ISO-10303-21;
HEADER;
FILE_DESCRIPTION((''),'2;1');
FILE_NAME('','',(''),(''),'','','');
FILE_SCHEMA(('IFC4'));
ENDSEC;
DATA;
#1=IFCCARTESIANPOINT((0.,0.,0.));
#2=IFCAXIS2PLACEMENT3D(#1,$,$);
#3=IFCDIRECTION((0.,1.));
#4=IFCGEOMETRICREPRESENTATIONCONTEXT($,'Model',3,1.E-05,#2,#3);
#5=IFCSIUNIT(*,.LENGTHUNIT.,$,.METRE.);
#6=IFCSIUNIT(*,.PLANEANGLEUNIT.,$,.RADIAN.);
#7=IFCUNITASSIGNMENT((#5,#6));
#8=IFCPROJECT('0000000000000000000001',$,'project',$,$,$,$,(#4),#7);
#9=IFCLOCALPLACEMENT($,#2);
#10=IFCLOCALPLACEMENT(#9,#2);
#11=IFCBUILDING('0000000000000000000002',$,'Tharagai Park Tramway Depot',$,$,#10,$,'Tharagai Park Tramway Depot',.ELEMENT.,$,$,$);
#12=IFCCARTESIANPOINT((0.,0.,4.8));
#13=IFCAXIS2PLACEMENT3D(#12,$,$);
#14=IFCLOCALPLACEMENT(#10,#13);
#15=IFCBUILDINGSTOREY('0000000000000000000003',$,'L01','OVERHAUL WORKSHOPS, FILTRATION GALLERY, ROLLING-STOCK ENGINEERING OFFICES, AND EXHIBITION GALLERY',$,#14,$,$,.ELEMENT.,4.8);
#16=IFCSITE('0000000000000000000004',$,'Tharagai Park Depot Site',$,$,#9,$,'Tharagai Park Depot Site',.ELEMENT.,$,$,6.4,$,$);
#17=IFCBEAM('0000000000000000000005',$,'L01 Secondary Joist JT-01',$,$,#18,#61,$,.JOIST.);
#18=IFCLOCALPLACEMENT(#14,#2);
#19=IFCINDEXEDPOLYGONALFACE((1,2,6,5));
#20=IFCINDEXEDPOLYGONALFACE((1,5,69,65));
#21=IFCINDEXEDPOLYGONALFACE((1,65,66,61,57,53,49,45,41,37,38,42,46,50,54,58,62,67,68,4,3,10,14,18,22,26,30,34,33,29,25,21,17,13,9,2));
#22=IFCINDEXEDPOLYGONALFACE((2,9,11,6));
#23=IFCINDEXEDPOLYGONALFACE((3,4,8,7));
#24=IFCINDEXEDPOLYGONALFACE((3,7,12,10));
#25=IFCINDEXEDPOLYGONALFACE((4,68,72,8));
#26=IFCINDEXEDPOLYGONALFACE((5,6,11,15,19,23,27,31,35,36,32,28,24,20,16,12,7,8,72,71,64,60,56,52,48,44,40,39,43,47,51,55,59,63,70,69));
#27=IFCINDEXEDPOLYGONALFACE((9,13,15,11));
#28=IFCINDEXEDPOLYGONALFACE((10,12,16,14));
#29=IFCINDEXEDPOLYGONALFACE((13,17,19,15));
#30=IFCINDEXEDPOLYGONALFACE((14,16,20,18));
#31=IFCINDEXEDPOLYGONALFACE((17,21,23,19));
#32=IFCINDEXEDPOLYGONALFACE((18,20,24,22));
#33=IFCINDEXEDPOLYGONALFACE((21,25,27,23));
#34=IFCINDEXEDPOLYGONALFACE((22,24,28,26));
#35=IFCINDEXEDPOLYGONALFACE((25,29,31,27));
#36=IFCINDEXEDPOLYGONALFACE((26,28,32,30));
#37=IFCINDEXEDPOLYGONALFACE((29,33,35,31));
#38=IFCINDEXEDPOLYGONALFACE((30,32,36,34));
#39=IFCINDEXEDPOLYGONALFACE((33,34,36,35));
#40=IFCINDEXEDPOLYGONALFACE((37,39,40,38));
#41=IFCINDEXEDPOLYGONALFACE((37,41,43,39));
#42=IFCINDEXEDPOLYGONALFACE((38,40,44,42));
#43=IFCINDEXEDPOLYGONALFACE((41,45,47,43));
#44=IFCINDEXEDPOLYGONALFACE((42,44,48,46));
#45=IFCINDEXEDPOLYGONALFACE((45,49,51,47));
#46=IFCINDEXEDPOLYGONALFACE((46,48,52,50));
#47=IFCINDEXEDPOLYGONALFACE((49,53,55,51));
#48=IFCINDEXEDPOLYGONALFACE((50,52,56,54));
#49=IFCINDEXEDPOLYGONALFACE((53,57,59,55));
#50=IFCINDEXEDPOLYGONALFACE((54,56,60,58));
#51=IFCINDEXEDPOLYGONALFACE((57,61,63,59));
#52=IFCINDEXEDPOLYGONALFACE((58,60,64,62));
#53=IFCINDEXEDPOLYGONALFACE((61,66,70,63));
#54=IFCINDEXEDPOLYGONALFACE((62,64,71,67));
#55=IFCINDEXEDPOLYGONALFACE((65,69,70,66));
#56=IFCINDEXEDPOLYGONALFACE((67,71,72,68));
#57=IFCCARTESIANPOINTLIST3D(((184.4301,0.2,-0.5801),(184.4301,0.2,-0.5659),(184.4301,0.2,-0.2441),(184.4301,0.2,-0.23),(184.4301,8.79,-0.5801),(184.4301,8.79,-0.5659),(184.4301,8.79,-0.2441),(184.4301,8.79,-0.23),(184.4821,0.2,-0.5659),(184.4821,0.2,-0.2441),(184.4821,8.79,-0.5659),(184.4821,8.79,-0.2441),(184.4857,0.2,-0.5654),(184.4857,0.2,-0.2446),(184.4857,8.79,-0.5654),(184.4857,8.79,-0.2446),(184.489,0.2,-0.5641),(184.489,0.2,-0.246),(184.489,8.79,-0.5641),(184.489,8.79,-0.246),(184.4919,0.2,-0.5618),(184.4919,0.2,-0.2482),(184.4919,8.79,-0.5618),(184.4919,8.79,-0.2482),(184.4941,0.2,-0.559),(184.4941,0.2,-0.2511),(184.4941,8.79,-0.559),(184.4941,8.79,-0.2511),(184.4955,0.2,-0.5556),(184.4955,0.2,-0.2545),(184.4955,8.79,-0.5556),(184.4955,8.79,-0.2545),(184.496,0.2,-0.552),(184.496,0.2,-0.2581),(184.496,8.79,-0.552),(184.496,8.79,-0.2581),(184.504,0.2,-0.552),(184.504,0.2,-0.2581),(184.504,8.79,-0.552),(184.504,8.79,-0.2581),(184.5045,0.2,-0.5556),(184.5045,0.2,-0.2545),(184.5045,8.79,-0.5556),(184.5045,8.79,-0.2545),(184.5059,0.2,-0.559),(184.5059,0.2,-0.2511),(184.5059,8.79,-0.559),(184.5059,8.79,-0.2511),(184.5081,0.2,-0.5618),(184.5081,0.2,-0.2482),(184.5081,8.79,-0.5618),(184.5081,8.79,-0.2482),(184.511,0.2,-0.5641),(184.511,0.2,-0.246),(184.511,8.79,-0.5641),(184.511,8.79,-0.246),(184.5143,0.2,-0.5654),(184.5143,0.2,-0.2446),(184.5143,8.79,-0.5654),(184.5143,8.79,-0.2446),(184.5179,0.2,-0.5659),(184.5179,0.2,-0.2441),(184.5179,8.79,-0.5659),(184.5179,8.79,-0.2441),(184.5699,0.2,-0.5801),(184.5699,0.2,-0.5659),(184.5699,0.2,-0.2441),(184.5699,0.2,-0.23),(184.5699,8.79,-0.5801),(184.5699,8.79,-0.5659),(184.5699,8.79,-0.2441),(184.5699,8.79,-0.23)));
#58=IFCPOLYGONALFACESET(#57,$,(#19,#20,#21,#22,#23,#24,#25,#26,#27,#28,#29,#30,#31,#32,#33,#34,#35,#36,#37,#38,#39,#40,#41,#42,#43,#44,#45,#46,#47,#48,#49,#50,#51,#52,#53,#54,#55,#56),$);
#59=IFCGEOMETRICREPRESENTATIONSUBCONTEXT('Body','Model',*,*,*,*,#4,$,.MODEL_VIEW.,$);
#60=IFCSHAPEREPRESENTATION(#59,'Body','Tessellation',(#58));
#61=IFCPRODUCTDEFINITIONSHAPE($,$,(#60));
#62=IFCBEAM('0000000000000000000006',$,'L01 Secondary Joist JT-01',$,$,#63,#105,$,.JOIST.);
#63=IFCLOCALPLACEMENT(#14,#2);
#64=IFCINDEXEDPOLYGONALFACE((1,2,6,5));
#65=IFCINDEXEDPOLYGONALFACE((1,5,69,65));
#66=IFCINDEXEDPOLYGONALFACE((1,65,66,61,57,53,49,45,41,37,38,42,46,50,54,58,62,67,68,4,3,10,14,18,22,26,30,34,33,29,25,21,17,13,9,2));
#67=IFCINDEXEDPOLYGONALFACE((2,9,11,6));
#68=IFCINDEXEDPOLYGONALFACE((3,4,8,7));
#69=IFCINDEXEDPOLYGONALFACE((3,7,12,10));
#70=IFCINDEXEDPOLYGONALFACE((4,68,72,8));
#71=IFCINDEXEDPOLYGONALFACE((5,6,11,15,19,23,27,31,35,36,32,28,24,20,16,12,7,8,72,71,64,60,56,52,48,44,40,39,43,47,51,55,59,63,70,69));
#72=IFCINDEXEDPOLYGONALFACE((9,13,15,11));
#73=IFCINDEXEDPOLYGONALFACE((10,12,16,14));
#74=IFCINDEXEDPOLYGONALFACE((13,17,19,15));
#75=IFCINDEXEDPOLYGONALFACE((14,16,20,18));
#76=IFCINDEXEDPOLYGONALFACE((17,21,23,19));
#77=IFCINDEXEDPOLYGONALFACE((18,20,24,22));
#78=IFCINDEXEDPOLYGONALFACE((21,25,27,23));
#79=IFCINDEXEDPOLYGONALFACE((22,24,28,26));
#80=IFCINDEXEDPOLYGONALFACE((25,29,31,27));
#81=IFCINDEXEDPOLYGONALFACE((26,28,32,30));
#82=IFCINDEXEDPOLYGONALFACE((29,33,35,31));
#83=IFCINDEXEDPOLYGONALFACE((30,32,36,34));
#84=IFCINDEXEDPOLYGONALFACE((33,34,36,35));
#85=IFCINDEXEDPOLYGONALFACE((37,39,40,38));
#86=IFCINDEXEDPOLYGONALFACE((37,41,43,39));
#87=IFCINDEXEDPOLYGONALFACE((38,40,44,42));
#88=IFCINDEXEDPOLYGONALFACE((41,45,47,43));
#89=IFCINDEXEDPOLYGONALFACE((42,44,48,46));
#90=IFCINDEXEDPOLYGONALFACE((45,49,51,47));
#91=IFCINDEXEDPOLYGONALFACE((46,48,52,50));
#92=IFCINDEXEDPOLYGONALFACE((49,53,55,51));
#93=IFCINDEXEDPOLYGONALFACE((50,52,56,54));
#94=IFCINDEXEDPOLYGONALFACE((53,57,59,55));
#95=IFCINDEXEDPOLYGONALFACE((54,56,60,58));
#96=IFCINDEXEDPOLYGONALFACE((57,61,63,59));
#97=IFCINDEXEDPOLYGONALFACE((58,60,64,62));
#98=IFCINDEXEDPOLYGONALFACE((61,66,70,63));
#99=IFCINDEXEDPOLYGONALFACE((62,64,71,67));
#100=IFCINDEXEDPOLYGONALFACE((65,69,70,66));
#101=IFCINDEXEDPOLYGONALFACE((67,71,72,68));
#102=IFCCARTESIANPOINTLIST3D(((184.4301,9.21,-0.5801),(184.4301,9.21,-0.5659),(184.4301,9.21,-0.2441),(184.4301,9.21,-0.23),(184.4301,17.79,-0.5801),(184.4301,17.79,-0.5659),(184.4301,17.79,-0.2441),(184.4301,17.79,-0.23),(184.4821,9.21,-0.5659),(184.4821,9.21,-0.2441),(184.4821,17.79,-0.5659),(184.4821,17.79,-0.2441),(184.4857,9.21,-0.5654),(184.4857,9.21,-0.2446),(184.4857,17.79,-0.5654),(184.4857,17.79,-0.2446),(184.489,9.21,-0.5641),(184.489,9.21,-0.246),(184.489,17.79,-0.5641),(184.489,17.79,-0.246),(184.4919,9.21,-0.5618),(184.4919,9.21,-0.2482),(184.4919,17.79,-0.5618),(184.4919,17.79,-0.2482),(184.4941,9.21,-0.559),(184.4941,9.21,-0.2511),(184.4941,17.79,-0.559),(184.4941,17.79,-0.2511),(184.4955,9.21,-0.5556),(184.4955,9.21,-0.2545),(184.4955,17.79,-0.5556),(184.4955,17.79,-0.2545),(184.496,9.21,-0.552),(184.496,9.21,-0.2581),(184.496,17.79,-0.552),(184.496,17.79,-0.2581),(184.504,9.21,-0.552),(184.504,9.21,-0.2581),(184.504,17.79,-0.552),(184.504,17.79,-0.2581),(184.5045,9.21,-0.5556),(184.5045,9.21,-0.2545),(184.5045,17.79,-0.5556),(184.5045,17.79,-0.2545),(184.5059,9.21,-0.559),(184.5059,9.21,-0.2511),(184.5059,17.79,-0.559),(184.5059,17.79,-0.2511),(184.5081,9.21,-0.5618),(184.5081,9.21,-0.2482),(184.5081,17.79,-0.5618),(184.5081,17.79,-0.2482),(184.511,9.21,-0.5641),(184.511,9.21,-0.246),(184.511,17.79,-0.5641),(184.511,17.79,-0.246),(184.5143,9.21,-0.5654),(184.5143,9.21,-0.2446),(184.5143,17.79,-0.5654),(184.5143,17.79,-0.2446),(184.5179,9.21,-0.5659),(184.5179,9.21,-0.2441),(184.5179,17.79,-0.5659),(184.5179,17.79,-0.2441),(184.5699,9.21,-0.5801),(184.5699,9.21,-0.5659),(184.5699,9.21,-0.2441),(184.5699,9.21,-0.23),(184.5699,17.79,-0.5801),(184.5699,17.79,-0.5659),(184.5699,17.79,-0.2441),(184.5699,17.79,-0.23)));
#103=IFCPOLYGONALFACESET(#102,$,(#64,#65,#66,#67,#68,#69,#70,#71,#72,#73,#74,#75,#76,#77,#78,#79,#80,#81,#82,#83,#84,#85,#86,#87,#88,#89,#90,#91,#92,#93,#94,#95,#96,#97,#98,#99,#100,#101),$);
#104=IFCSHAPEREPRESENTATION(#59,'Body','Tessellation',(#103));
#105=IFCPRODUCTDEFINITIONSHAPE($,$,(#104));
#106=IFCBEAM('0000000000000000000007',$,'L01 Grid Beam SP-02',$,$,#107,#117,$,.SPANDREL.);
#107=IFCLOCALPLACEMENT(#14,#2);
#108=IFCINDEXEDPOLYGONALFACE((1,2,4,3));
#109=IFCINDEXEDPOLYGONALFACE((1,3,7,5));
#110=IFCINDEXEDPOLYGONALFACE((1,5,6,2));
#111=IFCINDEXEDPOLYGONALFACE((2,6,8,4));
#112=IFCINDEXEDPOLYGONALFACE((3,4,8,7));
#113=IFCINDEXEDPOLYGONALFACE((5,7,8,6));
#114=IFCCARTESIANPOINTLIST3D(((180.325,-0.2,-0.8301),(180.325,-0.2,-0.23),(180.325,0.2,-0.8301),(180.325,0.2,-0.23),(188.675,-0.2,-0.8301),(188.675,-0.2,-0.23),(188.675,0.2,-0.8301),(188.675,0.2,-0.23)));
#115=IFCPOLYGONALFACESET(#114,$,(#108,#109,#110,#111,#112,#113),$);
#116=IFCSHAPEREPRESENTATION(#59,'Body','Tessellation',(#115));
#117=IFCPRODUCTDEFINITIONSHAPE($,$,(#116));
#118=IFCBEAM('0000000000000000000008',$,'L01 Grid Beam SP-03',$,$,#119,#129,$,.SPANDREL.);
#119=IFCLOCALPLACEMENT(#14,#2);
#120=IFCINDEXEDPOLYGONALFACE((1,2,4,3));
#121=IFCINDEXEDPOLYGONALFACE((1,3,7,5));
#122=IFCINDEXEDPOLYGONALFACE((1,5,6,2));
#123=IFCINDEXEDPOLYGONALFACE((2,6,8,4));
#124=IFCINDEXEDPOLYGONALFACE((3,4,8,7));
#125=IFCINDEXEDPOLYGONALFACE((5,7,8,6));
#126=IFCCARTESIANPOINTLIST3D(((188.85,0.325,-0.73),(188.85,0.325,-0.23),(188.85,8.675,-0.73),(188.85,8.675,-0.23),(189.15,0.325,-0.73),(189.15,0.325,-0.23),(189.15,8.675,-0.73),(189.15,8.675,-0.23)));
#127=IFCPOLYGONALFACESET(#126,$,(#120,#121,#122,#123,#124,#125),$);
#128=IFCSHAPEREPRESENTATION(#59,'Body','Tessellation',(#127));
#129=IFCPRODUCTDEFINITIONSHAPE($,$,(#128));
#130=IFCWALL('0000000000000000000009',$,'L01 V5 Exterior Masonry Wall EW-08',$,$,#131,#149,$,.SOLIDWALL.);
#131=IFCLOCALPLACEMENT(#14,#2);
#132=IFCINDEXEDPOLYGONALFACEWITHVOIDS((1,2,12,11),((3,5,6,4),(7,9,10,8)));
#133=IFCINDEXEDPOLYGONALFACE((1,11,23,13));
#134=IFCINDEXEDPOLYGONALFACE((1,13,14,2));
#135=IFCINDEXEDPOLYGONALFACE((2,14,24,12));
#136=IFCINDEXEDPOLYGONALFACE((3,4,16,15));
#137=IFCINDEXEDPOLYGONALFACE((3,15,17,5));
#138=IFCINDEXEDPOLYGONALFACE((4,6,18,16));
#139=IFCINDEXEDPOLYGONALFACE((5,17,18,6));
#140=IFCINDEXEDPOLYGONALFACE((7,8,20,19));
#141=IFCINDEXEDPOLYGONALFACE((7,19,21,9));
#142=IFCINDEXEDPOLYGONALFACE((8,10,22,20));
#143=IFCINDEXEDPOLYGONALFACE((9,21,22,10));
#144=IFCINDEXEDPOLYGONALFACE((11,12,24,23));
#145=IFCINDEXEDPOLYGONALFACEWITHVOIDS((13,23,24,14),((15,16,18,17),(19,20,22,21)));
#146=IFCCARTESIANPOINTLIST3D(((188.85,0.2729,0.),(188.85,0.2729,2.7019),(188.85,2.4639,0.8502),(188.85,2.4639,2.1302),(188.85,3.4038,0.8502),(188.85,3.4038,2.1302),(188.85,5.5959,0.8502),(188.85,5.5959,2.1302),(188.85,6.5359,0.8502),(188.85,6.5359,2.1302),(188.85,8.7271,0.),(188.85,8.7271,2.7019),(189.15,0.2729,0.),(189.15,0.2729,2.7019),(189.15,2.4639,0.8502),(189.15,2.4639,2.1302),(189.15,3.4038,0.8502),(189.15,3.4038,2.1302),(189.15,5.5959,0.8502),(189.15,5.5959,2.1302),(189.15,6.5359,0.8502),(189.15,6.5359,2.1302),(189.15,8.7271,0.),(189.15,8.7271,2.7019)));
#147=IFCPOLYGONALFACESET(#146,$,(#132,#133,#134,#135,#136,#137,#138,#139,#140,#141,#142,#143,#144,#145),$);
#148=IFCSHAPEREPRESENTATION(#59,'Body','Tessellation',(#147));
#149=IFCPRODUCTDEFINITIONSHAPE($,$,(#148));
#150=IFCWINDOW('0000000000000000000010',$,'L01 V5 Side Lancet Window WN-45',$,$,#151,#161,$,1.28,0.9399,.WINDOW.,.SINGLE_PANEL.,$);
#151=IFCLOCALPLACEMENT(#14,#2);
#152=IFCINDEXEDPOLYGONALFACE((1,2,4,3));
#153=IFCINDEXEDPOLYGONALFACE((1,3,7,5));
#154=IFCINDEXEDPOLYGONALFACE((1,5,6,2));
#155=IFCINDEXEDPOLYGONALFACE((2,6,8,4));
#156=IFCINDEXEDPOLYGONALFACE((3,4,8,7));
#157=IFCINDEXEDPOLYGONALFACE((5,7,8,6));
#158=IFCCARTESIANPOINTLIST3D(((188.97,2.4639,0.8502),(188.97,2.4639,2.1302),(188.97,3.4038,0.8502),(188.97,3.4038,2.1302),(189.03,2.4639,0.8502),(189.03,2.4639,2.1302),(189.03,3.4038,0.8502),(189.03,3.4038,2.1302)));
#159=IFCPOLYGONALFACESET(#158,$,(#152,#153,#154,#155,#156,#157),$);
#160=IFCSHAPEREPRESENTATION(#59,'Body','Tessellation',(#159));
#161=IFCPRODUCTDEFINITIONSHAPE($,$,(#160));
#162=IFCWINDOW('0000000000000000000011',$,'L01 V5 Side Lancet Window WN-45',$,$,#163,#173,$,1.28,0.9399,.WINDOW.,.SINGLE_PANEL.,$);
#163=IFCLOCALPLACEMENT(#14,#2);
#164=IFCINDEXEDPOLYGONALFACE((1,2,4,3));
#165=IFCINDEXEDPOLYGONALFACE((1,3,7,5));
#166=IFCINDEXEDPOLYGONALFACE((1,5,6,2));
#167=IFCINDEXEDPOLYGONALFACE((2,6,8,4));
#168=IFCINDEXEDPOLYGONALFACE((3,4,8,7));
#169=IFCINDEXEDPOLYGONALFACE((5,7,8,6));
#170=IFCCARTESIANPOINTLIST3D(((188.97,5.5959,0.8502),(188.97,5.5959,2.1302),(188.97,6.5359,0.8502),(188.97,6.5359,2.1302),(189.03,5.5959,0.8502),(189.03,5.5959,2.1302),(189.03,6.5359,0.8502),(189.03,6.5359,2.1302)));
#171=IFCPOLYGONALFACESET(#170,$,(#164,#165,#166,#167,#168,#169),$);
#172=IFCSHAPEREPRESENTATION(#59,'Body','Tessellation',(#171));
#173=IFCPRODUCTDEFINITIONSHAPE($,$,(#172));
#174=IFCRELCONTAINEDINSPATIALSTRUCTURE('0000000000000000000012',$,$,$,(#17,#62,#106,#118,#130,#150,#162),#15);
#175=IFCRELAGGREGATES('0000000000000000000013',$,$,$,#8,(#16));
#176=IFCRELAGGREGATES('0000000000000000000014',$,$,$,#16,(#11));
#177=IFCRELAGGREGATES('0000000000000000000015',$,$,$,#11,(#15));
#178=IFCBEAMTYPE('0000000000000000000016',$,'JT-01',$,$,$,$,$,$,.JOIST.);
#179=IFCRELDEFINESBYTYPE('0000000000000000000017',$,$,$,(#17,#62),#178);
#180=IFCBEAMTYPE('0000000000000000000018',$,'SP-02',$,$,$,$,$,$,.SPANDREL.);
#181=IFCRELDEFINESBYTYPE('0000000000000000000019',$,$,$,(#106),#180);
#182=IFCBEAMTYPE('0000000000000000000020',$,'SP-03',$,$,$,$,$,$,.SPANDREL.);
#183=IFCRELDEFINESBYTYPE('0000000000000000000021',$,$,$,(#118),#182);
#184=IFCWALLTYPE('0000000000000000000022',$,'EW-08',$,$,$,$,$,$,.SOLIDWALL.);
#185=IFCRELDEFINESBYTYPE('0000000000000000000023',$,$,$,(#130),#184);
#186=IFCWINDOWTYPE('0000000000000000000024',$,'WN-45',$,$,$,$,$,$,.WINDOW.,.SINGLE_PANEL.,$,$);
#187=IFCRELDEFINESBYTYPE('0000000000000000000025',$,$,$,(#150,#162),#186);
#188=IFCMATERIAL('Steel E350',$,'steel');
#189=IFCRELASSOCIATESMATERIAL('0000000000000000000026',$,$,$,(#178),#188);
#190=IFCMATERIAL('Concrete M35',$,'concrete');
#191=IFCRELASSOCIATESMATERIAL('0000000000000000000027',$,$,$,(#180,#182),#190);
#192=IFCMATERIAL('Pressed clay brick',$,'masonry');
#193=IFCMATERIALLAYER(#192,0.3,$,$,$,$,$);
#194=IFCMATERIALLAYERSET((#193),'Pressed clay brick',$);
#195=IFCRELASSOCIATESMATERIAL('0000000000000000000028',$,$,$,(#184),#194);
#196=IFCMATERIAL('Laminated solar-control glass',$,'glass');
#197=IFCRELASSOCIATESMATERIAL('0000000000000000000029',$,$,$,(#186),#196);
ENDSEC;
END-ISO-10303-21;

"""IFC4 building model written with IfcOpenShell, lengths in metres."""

from ifc_helpers import new_model, si_unit, direction, frame, frame_2d, origin, origin_2d, place, context, subcontext, project, spatial, rectangle, i_section, extrude, material, layer, layer_set, material_profile, profile_set, type_object, element, fill, save


model = new_model("IFC4")

# Units and contexts
model_context = context("Model", 3, precision=1e-05, world=origin(), true_north=direction((0.0, 1.0)))
body_context = subcontext(model_context, "Body", "Model", "MODEL_VIEW")
ifc_project = project(units=[si_unit("LENGTHUNIT", "METRE"), si_unit("PLANEANGLEUNIT", "RADIAN")], contexts=[model_context])

# Site, building, storey
site_placement = place(None, origin())
site = spatial("IfcSite", under=ifc_project, at=site_placement, Name="Tharagai Park Depot Site", LongName="Tharagai Park Depot Site", CompositionType="ELEMENT", RefElevation=6.4)
building_placement = place(site_placement, origin())
building = spatial("IfcBuilding", under=site, at=building_placement, Name="Tharagai Park Tramway Depot", LongName="Tharagai Park Tramway Depot", CompositionType="ELEMENT")
storey_placement = place(building_placement, frame((0.0, 0.0, 4.8)))
storey = spatial("IfcBuildingStorey", under=building, at=storey_placement, Name="L01", Description="OVERHAUL WORKSHOPS, FILTRATION GALLERY, ROLLING-STOCK ENGINEERING OFFICES, AND EXHIBITION GALLERY", CompositionType="ELEMENT", Elevation=4.8)

# Shared definitions
ifc_material_1 = material(Name="Concrete M35", Category="concrete")

# Beams
ifc_material_2 = material(Name="Steel E350", Category="steel")
ifc_material_profile_1 = material_profile(ifc_material_2, i_section(OverallWidth=0.1399, OverallDepth=0.3501, WebThickness=0.0081, FlangeThickness=0.0142, FilletRadius=0.0139, at=origin_2d()), Name="ISMB 350")
ifc_profile_set_1 = profile_set([ifc_material_profile_1], Name="Steel E350")
beam_type_1 = type_object("IfcBeamType", Name="JT-01", PredefinedType="JOIST", material=ifc_profile_set_1)
beam_1_placement = place(storey_placement, frame((184.5, 0.2, -0.405), z_axis=(0.0, 1.0, 0.0), x_axis=(-1.0, 0.0, 0.0)))
element("IfcBeam", 1, at=beam_1_placement, inside=storey, type_object=beam_type_1, Name="L01 Secondary Joist JT-01", PredefinedType="JOIST", context=body_context, shape_type="SweptSolid", body=[
    extrude(i_section(OverallWidth=0.1399, OverallDepth=0.3501, WebThickness=0.0081, FlangeThickness=0.0142, FilletRadius=0.0139, at=origin_2d()), origin(), (0.0, 0.0, 1.0), 8.5901),
])
beam_2_placement = place(storey_placement, frame((184.5, 9.21, -0.405), z_axis=(0.0, 1.0, 0.0), x_axis=(-1.0, 0.0, 0.0)))
element("IfcBeam", 2, at=beam_2_placement, inside=storey, type_object=beam_type_1, Name="L01 Secondary Joist JT-01", PredefinedType="JOIST", context=body_context, shape_type="SweptSolid", body=[
    extrude(i_section(OverallWidth=0.1399, OverallDepth=0.3501, WebThickness=0.0081, FlangeThickness=0.0142, FilletRadius=0.0139, at=origin_2d()), origin(), (0.0, 0.0, 1.0), 8.5801),
])
ifc_material_profile_2 = material_profile(ifc_material_1, rectangle(XDim=0.3999, YDim=0.6001, at=origin_2d()), Name="RC 400x600")
ifc_profile_set_2 = profile_set([ifc_material_profile_2], Name="Concrete M35")
beam_type_2 = type_object("IfcBeamType", Name="SP-02", PredefinedType="SPANDREL", material=ifc_profile_set_2)
beam_3_placement = place(storey_placement, frame((180.325, 0.0, -0.53), z_axis=(1.0, 0.0, 0.0), x_axis=(0.0, 1.0, 0.0)))
element("IfcBeam", 3, at=beam_3_placement, inside=storey, type_object=beam_type_2, Name="L01 Grid Beam SP-02", PredefinedType="SPANDREL", context=body_context, shape_type="SweptSolid", body=[
    extrude(rectangle(XDim=0.3999, YDim=0.6001, at=origin_2d()), origin(), (0.0, 0.0, 1.0), 8.3501),
])
ifc_material_profile_3 = material_profile(ifc_material_1, rectangle(XDim=0.3, YDim=0.5, at=origin_2d()), Name="RC 300x500")
ifc_profile_set_3 = profile_set([ifc_material_profile_3], Name="Concrete M35")
beam_type_3 = type_object("IfcBeamType", Name="SP-03", PredefinedType="SPANDREL", material=ifc_profile_set_3)
beam_4_placement = place(storey_placement, frame((189.0, 0.325, -0.48), z_axis=(0.0, 1.0, 0.0), x_axis=(-1.0, 0.0, 0.0)))
element("IfcBeam", 4, at=beam_4_placement, inside=storey, type_object=beam_type_3, Name="L01 Grid Beam SP-03", PredefinedType="SPANDREL", context=body_context, shape_type="SweptSolid", body=[
    extrude(rectangle(XDim=0.3, YDim=0.5, at=origin_2d()), origin(), (0.0, 0.0, 1.0), 8.3501),
])

# Wall, openings, windows
ifc_material_3 = material(Name="Pressed clay brick", Category="masonry")
ifc_layer_1 = layer(ifc_material_3, 0.3)
ifc_layer_set_1 = layer_set([ifc_layer_1], Name="Pressed clay brick")
wall_type_1 = type_object("IfcWallType", Name="EW-08", PredefinedType="SOLIDWALL", material=ifc_layer_set_1)
wall_1_placement = place(storey_placement, frame((189.0, 0.2729, 0.0), z_axis=(0.0, 0.0, 1.0), x_axis=(0.0, 1.0, 0.0)))
wall_1 = element("IfcWall", 5, at=wall_1_placement, inside=storey, type_object=wall_type_1, Name="L01 V5 Exterior Masonry Wall EW-08", PredefinedType="SOLIDWALL", context=body_context, shape_type="SweptSolid", body=[
    extrude(rectangle(XDim=8.4541, YDim=0.3, at=frame_2d((4.2271, 0.0))), origin(), (0.0, 0.0, 1.0), 2.7019),
])
opening_1_placement = place(wall_1_placement, frame((2.1909, 0.0, 0.8501)))
opening_1 = element("IfcOpeningElement", 6, at=opening_1_placement, cuts=wall_1, PredefinedType="OPENING", context=body_context, shape_type="SweptSolid", body=[
    extrude(rectangle(XDim=0.9399, YDim=1.28, at=frame_2d((0.47, 0.6401))), frame((0.0, 0.1599, 0.0), z_axis=(0.0, -1.0, 0.0), x_axis=(1.0, 0.0, 0.0)), (0.0, 0.0, 1.0), 0.3201),
])
opening_2_placement = place(wall_1_placement, frame((5.323, 0.0, 0.8501)))
opening_2 = element("IfcOpeningElement", 7, at=opening_2_placement, cuts=wall_1, PredefinedType="OPENING", context=body_context, shape_type="SweptSolid", body=[
    extrude(rectangle(XDim=0.9399, YDim=1.28, at=frame_2d((0.47, 0.6401))), frame((0.0, 0.1599, 0.0), z_axis=(0.0, -1.0, 0.0), x_axis=(1.0, 0.0, 0.0)), (0.0, 0.0, 1.0), 0.3201),
])
ifc_material_4 = material(Name="Laminated solar-control glass", Category="glass")
window_type = type_object("IfcWindowType", Name="WN-45", PartitioningType="SINGLE_PANEL", PredefinedType="WINDOW", material=ifc_material_4)
window_1_placement = place(opening_1_placement, origin())
window_1 = element("IfcWindow", 8, at=window_1_placement, inside=storey, type_object=window_type, Name="L01 V5 Side Lancet Window WN-45", OverallHeight=1.28, OverallWidth=0.9399, PartitioningType="SINGLE_PANEL", PredefinedType="WINDOW", context=body_context, shape_type="SweptSolid", body=[
    extrude(rectangle(XDim=0.9399, YDim=1.28, at=frame_2d((0.47, 0.6401))), frame((0.0, 0.03, 0.0), z_axis=(0.0, -1.0, 0.0), x_axis=(1.0, 0.0, 0.0)), (0.0, 0.0, 1.0), 0.0601),
])
fill(opening_1, window_1)
window_2_placement = place(opening_2_placement, origin())
window_2 = element("IfcWindow", 9, at=window_2_placement, inside=storey, type_object=window_type, Name="L01 V5 Side Lancet Window WN-45", OverallHeight=1.28, OverallWidth=0.9399, PartitioningType="SINGLE_PANEL", PredefinedType="WINDOW", context=body_context, shape_type="SweptSolid", body=[
    extrude(rectangle(XDim=0.9399, YDim=1.28, at=frame_2d((0.47, 0.6401))), frame((0.0, 0.03, 0.0), z_axis=(0.0, -1.0, 0.0), x_axis=(1.0, 0.0, 0.0)), (0.0, 0.0, 1.0), 0.0601),
])
fill(opening_2, window_2)

save(model, "model.ifc")
